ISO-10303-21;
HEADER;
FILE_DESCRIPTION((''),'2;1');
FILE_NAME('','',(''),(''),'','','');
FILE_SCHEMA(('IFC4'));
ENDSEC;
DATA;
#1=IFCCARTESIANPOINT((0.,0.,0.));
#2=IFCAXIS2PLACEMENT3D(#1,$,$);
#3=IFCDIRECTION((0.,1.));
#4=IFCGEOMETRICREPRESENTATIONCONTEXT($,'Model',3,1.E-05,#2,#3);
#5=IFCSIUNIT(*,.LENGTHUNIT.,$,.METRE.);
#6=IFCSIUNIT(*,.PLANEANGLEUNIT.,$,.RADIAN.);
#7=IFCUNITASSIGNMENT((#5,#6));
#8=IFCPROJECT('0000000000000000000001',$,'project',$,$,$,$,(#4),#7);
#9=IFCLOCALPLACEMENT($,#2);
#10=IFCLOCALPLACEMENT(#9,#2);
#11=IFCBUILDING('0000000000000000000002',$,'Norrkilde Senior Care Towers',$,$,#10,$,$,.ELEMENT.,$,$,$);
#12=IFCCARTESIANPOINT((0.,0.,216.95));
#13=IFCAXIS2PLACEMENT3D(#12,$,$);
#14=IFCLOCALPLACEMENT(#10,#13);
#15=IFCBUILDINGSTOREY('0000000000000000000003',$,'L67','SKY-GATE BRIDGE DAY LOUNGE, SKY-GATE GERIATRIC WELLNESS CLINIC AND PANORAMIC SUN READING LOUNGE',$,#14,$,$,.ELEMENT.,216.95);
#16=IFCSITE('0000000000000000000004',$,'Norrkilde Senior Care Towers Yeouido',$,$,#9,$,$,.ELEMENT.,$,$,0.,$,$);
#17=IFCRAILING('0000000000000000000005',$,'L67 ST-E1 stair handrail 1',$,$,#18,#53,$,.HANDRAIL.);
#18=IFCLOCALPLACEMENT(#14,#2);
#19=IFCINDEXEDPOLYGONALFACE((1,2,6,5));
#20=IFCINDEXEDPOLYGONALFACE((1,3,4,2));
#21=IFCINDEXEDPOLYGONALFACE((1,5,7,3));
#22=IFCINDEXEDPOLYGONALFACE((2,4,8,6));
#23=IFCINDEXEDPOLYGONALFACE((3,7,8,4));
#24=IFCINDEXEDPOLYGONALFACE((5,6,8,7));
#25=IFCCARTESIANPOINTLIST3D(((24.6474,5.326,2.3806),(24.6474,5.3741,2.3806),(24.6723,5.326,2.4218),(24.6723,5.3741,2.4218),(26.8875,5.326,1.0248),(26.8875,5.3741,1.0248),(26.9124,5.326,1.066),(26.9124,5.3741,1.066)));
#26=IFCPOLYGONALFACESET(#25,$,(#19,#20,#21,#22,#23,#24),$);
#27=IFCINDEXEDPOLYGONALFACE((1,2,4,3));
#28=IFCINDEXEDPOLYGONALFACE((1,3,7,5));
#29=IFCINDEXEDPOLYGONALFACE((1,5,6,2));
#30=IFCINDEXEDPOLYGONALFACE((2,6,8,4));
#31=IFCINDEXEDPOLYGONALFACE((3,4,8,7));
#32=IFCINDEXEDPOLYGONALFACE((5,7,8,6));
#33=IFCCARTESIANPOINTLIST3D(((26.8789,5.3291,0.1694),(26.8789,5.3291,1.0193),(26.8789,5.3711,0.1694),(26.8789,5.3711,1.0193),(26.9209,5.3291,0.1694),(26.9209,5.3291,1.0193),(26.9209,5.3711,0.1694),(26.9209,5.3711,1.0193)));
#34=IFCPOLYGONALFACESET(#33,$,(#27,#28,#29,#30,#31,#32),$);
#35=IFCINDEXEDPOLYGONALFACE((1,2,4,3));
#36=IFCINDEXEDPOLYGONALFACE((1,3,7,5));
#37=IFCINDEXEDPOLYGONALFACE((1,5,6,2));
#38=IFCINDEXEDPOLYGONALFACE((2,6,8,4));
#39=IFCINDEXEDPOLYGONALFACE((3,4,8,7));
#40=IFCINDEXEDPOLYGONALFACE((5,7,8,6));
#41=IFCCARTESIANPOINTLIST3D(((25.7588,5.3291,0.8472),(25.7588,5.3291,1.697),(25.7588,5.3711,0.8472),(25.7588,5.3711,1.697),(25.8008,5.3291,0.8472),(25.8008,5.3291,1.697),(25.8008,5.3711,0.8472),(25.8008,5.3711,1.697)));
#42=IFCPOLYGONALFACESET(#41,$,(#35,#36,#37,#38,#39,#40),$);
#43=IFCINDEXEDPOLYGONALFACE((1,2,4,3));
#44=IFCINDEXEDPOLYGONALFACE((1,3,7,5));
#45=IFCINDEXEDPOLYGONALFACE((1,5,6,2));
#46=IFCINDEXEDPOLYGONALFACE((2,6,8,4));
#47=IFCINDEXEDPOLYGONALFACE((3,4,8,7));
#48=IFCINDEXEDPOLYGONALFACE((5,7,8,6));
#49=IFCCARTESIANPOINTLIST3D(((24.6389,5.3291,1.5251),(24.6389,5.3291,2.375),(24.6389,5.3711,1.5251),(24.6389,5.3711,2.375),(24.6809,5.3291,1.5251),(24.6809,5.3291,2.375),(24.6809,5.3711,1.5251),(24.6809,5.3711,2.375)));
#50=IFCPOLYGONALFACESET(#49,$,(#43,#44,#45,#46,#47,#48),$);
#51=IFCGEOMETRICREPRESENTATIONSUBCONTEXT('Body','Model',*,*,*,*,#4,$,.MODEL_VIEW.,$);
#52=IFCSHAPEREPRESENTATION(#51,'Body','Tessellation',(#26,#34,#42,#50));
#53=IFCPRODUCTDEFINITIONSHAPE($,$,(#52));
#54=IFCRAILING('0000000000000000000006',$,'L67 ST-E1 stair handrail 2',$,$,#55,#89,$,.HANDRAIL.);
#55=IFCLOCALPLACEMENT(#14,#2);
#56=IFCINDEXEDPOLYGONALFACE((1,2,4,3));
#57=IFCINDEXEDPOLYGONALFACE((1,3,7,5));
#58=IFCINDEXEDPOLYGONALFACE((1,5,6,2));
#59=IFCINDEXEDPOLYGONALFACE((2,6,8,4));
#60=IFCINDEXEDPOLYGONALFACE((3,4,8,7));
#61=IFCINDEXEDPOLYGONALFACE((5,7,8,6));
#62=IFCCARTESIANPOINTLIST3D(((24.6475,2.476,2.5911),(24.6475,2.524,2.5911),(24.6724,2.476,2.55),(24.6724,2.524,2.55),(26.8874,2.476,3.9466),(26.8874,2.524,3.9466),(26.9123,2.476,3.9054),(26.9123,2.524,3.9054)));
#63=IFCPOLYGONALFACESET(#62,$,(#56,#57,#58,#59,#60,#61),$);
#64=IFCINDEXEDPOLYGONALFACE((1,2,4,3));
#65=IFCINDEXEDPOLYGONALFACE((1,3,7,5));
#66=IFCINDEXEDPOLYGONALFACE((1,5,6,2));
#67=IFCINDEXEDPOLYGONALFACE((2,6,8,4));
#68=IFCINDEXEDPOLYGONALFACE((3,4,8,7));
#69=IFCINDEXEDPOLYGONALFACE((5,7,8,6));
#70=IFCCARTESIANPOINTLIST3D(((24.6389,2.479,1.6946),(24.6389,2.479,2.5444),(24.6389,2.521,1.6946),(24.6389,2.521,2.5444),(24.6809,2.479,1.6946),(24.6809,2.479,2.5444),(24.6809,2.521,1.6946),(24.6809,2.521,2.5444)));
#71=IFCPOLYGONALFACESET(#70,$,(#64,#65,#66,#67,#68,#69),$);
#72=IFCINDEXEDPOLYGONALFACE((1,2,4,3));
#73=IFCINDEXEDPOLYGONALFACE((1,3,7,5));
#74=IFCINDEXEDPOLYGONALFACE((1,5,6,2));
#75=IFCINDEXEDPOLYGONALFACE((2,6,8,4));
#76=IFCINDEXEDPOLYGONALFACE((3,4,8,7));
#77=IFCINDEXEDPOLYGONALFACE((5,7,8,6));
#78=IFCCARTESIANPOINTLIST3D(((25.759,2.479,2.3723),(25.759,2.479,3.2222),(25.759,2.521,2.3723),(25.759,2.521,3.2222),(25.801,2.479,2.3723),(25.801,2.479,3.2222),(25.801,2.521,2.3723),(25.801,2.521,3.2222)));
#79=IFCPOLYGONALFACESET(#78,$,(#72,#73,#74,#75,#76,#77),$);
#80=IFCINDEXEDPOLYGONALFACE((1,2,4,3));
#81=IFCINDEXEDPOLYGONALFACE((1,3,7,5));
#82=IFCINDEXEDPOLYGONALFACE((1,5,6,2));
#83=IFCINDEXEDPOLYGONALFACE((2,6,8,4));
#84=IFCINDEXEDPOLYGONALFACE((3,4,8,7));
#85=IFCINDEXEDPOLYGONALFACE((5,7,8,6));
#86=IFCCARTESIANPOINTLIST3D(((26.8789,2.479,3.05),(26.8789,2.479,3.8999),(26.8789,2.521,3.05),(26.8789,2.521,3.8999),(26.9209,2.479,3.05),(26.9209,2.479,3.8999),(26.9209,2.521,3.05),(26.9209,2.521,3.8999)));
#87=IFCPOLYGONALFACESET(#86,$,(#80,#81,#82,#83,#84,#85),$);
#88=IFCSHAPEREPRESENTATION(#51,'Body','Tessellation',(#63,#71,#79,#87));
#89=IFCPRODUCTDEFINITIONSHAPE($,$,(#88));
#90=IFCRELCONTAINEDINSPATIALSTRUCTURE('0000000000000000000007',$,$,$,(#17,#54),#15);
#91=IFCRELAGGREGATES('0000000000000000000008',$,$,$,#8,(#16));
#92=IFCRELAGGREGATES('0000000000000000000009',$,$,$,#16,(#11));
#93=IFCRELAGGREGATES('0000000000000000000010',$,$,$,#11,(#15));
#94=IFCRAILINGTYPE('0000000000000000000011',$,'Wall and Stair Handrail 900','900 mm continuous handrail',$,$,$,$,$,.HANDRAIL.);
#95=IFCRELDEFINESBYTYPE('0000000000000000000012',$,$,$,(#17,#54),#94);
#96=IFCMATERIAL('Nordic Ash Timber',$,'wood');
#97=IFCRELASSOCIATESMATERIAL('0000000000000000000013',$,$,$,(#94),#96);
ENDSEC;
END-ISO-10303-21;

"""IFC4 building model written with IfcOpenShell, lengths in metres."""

from ifc_helpers import new_model, si_unit, direction, frame, origin, origin_2d, place, context, subcontext, project, spatial, rectangle, extrude, material, type_object, element, save


model = new_model("IFC4")

# Units and contexts
model_context = context("Model", 3, precision=1e-05, world=origin(), true_north=direction((0.0, 1.0)))
body_context = subcontext(model_context, "Body", "Model", "MODEL_VIEW")
ifc_project = project(units=[si_unit("LENGTHUNIT", "METRE"), si_unit("PLANEANGLEUNIT", "RADIAN")], contexts=[model_context])

# Site, building, storey
site_placement = place(None, origin())
site = spatial("IfcSite", under=ifc_project, at=site_placement, Name="Norrkilde Senior Care Towers Yeouido", CompositionType="ELEMENT", RefElevation=0.0)
building_placement = place(site_placement, origin())
building = spatial("IfcBuilding", under=site, at=building_placement, Name="Norrkilde Senior Care Towers", CompositionType="ELEMENT")
storey_placement = place(building_placement, frame((0.0, 0.0, 216.95)))
storey = spatial("IfcBuildingStorey", under=building, at=storey_placement, Name="L67", Description="SKY-GATE BRIDGE DAY LOUNGE, SKY-GATE GERIATRIC WELLNESS CLINIC AND PANORAMIC SUN READING LOUNGE", CompositionType="ELEMENT", Elevation=216.95)

# Railings
ifc_material_1 = material(Name="Nordic Ash Timber", Category="wood")
railing_type_1 = type_object("IfcRailingType", Name="Wall and Stair Handrail 900", Description="900 mm continuous handrail", PredefinedType="HANDRAIL", material=ifc_material_1)
railing_1_placement = place(storey_placement, frame((26.8999, 5.3501, 0.1694)))
element("IfcRailing", 1, at=railing_1_placement, inside=storey, type_object=railing_type_1, Name="L67 ST-E1 stair handrail 1", PredefinedType="HANDRAIL", context=body_context, shape_type="SweptSolid", body=[
    extrude(rectangle(XDim=0.0481, YDim=0.0481, at=origin_2d()), frame((0.0, 0.0, 0.876), z_axis=(-0.855512, 0.0, 0.517783), x_axis=(0.0, -1.0, 0.0)), (0.0, 0.0, 1.0), 2.6184),
    extrude(rectangle(XDim=0.042, YDim=0.042, at=origin_2d()), origin(), (0.0, 0.0, 1.0), 0.8499),
    extrude(rectangle(XDim=0.042, YDim=0.042, at=origin_2d()), frame((-1.1201, 0.0, 0.6777)), (0.0, 0.0, 1.0), 0.8499),
    extrude(rectangle(XDim=0.042, YDim=0.042, at=origin_2d()), frame((-2.24, 0.0, 1.3557)), (0.0, 0.0, 1.0), 0.8499),
])
railing_2_placement = place(storey_placement, frame((24.6599, 2.5, 1.6946)))
element("IfcRailing", 2, at=railing_2_placement, inside=storey, type_object=railing_type_1, Name="L67 ST-E1 stair handrail 2", PredefinedType="HANDRAIL", context=body_context, shape_type="SweptSolid", body=[
    extrude(rectangle(XDim=0.0481, YDim=0.0481, at=origin_2d()), frame((0.0, 0.0, 0.876), z_axis=(0.855553, 0.0, 0.517715), x_axis=(0.0, 1.0, 0.0)), (0.0, 0.0, 1.0), 2.6182),
    extrude(rectangle(XDim=0.042, YDim=0.042, at=origin_2d()), origin(), (0.0, 0.0, 1.0), 0.8499),
    extrude(rectangle(XDim=0.042, YDim=0.042, at=origin_2d()), frame((1.1201, 0.0, 0.6777)), (0.0, 0.0, 1.0), 0.8499),
    extrude(rectangle(XDim=0.042, YDim=0.042, at=origin_2d()), frame((2.24, 0.0, 1.3555)), (0.0, 0.0, 1.0), 0.8499),
])

save(model, "model.ifc")
